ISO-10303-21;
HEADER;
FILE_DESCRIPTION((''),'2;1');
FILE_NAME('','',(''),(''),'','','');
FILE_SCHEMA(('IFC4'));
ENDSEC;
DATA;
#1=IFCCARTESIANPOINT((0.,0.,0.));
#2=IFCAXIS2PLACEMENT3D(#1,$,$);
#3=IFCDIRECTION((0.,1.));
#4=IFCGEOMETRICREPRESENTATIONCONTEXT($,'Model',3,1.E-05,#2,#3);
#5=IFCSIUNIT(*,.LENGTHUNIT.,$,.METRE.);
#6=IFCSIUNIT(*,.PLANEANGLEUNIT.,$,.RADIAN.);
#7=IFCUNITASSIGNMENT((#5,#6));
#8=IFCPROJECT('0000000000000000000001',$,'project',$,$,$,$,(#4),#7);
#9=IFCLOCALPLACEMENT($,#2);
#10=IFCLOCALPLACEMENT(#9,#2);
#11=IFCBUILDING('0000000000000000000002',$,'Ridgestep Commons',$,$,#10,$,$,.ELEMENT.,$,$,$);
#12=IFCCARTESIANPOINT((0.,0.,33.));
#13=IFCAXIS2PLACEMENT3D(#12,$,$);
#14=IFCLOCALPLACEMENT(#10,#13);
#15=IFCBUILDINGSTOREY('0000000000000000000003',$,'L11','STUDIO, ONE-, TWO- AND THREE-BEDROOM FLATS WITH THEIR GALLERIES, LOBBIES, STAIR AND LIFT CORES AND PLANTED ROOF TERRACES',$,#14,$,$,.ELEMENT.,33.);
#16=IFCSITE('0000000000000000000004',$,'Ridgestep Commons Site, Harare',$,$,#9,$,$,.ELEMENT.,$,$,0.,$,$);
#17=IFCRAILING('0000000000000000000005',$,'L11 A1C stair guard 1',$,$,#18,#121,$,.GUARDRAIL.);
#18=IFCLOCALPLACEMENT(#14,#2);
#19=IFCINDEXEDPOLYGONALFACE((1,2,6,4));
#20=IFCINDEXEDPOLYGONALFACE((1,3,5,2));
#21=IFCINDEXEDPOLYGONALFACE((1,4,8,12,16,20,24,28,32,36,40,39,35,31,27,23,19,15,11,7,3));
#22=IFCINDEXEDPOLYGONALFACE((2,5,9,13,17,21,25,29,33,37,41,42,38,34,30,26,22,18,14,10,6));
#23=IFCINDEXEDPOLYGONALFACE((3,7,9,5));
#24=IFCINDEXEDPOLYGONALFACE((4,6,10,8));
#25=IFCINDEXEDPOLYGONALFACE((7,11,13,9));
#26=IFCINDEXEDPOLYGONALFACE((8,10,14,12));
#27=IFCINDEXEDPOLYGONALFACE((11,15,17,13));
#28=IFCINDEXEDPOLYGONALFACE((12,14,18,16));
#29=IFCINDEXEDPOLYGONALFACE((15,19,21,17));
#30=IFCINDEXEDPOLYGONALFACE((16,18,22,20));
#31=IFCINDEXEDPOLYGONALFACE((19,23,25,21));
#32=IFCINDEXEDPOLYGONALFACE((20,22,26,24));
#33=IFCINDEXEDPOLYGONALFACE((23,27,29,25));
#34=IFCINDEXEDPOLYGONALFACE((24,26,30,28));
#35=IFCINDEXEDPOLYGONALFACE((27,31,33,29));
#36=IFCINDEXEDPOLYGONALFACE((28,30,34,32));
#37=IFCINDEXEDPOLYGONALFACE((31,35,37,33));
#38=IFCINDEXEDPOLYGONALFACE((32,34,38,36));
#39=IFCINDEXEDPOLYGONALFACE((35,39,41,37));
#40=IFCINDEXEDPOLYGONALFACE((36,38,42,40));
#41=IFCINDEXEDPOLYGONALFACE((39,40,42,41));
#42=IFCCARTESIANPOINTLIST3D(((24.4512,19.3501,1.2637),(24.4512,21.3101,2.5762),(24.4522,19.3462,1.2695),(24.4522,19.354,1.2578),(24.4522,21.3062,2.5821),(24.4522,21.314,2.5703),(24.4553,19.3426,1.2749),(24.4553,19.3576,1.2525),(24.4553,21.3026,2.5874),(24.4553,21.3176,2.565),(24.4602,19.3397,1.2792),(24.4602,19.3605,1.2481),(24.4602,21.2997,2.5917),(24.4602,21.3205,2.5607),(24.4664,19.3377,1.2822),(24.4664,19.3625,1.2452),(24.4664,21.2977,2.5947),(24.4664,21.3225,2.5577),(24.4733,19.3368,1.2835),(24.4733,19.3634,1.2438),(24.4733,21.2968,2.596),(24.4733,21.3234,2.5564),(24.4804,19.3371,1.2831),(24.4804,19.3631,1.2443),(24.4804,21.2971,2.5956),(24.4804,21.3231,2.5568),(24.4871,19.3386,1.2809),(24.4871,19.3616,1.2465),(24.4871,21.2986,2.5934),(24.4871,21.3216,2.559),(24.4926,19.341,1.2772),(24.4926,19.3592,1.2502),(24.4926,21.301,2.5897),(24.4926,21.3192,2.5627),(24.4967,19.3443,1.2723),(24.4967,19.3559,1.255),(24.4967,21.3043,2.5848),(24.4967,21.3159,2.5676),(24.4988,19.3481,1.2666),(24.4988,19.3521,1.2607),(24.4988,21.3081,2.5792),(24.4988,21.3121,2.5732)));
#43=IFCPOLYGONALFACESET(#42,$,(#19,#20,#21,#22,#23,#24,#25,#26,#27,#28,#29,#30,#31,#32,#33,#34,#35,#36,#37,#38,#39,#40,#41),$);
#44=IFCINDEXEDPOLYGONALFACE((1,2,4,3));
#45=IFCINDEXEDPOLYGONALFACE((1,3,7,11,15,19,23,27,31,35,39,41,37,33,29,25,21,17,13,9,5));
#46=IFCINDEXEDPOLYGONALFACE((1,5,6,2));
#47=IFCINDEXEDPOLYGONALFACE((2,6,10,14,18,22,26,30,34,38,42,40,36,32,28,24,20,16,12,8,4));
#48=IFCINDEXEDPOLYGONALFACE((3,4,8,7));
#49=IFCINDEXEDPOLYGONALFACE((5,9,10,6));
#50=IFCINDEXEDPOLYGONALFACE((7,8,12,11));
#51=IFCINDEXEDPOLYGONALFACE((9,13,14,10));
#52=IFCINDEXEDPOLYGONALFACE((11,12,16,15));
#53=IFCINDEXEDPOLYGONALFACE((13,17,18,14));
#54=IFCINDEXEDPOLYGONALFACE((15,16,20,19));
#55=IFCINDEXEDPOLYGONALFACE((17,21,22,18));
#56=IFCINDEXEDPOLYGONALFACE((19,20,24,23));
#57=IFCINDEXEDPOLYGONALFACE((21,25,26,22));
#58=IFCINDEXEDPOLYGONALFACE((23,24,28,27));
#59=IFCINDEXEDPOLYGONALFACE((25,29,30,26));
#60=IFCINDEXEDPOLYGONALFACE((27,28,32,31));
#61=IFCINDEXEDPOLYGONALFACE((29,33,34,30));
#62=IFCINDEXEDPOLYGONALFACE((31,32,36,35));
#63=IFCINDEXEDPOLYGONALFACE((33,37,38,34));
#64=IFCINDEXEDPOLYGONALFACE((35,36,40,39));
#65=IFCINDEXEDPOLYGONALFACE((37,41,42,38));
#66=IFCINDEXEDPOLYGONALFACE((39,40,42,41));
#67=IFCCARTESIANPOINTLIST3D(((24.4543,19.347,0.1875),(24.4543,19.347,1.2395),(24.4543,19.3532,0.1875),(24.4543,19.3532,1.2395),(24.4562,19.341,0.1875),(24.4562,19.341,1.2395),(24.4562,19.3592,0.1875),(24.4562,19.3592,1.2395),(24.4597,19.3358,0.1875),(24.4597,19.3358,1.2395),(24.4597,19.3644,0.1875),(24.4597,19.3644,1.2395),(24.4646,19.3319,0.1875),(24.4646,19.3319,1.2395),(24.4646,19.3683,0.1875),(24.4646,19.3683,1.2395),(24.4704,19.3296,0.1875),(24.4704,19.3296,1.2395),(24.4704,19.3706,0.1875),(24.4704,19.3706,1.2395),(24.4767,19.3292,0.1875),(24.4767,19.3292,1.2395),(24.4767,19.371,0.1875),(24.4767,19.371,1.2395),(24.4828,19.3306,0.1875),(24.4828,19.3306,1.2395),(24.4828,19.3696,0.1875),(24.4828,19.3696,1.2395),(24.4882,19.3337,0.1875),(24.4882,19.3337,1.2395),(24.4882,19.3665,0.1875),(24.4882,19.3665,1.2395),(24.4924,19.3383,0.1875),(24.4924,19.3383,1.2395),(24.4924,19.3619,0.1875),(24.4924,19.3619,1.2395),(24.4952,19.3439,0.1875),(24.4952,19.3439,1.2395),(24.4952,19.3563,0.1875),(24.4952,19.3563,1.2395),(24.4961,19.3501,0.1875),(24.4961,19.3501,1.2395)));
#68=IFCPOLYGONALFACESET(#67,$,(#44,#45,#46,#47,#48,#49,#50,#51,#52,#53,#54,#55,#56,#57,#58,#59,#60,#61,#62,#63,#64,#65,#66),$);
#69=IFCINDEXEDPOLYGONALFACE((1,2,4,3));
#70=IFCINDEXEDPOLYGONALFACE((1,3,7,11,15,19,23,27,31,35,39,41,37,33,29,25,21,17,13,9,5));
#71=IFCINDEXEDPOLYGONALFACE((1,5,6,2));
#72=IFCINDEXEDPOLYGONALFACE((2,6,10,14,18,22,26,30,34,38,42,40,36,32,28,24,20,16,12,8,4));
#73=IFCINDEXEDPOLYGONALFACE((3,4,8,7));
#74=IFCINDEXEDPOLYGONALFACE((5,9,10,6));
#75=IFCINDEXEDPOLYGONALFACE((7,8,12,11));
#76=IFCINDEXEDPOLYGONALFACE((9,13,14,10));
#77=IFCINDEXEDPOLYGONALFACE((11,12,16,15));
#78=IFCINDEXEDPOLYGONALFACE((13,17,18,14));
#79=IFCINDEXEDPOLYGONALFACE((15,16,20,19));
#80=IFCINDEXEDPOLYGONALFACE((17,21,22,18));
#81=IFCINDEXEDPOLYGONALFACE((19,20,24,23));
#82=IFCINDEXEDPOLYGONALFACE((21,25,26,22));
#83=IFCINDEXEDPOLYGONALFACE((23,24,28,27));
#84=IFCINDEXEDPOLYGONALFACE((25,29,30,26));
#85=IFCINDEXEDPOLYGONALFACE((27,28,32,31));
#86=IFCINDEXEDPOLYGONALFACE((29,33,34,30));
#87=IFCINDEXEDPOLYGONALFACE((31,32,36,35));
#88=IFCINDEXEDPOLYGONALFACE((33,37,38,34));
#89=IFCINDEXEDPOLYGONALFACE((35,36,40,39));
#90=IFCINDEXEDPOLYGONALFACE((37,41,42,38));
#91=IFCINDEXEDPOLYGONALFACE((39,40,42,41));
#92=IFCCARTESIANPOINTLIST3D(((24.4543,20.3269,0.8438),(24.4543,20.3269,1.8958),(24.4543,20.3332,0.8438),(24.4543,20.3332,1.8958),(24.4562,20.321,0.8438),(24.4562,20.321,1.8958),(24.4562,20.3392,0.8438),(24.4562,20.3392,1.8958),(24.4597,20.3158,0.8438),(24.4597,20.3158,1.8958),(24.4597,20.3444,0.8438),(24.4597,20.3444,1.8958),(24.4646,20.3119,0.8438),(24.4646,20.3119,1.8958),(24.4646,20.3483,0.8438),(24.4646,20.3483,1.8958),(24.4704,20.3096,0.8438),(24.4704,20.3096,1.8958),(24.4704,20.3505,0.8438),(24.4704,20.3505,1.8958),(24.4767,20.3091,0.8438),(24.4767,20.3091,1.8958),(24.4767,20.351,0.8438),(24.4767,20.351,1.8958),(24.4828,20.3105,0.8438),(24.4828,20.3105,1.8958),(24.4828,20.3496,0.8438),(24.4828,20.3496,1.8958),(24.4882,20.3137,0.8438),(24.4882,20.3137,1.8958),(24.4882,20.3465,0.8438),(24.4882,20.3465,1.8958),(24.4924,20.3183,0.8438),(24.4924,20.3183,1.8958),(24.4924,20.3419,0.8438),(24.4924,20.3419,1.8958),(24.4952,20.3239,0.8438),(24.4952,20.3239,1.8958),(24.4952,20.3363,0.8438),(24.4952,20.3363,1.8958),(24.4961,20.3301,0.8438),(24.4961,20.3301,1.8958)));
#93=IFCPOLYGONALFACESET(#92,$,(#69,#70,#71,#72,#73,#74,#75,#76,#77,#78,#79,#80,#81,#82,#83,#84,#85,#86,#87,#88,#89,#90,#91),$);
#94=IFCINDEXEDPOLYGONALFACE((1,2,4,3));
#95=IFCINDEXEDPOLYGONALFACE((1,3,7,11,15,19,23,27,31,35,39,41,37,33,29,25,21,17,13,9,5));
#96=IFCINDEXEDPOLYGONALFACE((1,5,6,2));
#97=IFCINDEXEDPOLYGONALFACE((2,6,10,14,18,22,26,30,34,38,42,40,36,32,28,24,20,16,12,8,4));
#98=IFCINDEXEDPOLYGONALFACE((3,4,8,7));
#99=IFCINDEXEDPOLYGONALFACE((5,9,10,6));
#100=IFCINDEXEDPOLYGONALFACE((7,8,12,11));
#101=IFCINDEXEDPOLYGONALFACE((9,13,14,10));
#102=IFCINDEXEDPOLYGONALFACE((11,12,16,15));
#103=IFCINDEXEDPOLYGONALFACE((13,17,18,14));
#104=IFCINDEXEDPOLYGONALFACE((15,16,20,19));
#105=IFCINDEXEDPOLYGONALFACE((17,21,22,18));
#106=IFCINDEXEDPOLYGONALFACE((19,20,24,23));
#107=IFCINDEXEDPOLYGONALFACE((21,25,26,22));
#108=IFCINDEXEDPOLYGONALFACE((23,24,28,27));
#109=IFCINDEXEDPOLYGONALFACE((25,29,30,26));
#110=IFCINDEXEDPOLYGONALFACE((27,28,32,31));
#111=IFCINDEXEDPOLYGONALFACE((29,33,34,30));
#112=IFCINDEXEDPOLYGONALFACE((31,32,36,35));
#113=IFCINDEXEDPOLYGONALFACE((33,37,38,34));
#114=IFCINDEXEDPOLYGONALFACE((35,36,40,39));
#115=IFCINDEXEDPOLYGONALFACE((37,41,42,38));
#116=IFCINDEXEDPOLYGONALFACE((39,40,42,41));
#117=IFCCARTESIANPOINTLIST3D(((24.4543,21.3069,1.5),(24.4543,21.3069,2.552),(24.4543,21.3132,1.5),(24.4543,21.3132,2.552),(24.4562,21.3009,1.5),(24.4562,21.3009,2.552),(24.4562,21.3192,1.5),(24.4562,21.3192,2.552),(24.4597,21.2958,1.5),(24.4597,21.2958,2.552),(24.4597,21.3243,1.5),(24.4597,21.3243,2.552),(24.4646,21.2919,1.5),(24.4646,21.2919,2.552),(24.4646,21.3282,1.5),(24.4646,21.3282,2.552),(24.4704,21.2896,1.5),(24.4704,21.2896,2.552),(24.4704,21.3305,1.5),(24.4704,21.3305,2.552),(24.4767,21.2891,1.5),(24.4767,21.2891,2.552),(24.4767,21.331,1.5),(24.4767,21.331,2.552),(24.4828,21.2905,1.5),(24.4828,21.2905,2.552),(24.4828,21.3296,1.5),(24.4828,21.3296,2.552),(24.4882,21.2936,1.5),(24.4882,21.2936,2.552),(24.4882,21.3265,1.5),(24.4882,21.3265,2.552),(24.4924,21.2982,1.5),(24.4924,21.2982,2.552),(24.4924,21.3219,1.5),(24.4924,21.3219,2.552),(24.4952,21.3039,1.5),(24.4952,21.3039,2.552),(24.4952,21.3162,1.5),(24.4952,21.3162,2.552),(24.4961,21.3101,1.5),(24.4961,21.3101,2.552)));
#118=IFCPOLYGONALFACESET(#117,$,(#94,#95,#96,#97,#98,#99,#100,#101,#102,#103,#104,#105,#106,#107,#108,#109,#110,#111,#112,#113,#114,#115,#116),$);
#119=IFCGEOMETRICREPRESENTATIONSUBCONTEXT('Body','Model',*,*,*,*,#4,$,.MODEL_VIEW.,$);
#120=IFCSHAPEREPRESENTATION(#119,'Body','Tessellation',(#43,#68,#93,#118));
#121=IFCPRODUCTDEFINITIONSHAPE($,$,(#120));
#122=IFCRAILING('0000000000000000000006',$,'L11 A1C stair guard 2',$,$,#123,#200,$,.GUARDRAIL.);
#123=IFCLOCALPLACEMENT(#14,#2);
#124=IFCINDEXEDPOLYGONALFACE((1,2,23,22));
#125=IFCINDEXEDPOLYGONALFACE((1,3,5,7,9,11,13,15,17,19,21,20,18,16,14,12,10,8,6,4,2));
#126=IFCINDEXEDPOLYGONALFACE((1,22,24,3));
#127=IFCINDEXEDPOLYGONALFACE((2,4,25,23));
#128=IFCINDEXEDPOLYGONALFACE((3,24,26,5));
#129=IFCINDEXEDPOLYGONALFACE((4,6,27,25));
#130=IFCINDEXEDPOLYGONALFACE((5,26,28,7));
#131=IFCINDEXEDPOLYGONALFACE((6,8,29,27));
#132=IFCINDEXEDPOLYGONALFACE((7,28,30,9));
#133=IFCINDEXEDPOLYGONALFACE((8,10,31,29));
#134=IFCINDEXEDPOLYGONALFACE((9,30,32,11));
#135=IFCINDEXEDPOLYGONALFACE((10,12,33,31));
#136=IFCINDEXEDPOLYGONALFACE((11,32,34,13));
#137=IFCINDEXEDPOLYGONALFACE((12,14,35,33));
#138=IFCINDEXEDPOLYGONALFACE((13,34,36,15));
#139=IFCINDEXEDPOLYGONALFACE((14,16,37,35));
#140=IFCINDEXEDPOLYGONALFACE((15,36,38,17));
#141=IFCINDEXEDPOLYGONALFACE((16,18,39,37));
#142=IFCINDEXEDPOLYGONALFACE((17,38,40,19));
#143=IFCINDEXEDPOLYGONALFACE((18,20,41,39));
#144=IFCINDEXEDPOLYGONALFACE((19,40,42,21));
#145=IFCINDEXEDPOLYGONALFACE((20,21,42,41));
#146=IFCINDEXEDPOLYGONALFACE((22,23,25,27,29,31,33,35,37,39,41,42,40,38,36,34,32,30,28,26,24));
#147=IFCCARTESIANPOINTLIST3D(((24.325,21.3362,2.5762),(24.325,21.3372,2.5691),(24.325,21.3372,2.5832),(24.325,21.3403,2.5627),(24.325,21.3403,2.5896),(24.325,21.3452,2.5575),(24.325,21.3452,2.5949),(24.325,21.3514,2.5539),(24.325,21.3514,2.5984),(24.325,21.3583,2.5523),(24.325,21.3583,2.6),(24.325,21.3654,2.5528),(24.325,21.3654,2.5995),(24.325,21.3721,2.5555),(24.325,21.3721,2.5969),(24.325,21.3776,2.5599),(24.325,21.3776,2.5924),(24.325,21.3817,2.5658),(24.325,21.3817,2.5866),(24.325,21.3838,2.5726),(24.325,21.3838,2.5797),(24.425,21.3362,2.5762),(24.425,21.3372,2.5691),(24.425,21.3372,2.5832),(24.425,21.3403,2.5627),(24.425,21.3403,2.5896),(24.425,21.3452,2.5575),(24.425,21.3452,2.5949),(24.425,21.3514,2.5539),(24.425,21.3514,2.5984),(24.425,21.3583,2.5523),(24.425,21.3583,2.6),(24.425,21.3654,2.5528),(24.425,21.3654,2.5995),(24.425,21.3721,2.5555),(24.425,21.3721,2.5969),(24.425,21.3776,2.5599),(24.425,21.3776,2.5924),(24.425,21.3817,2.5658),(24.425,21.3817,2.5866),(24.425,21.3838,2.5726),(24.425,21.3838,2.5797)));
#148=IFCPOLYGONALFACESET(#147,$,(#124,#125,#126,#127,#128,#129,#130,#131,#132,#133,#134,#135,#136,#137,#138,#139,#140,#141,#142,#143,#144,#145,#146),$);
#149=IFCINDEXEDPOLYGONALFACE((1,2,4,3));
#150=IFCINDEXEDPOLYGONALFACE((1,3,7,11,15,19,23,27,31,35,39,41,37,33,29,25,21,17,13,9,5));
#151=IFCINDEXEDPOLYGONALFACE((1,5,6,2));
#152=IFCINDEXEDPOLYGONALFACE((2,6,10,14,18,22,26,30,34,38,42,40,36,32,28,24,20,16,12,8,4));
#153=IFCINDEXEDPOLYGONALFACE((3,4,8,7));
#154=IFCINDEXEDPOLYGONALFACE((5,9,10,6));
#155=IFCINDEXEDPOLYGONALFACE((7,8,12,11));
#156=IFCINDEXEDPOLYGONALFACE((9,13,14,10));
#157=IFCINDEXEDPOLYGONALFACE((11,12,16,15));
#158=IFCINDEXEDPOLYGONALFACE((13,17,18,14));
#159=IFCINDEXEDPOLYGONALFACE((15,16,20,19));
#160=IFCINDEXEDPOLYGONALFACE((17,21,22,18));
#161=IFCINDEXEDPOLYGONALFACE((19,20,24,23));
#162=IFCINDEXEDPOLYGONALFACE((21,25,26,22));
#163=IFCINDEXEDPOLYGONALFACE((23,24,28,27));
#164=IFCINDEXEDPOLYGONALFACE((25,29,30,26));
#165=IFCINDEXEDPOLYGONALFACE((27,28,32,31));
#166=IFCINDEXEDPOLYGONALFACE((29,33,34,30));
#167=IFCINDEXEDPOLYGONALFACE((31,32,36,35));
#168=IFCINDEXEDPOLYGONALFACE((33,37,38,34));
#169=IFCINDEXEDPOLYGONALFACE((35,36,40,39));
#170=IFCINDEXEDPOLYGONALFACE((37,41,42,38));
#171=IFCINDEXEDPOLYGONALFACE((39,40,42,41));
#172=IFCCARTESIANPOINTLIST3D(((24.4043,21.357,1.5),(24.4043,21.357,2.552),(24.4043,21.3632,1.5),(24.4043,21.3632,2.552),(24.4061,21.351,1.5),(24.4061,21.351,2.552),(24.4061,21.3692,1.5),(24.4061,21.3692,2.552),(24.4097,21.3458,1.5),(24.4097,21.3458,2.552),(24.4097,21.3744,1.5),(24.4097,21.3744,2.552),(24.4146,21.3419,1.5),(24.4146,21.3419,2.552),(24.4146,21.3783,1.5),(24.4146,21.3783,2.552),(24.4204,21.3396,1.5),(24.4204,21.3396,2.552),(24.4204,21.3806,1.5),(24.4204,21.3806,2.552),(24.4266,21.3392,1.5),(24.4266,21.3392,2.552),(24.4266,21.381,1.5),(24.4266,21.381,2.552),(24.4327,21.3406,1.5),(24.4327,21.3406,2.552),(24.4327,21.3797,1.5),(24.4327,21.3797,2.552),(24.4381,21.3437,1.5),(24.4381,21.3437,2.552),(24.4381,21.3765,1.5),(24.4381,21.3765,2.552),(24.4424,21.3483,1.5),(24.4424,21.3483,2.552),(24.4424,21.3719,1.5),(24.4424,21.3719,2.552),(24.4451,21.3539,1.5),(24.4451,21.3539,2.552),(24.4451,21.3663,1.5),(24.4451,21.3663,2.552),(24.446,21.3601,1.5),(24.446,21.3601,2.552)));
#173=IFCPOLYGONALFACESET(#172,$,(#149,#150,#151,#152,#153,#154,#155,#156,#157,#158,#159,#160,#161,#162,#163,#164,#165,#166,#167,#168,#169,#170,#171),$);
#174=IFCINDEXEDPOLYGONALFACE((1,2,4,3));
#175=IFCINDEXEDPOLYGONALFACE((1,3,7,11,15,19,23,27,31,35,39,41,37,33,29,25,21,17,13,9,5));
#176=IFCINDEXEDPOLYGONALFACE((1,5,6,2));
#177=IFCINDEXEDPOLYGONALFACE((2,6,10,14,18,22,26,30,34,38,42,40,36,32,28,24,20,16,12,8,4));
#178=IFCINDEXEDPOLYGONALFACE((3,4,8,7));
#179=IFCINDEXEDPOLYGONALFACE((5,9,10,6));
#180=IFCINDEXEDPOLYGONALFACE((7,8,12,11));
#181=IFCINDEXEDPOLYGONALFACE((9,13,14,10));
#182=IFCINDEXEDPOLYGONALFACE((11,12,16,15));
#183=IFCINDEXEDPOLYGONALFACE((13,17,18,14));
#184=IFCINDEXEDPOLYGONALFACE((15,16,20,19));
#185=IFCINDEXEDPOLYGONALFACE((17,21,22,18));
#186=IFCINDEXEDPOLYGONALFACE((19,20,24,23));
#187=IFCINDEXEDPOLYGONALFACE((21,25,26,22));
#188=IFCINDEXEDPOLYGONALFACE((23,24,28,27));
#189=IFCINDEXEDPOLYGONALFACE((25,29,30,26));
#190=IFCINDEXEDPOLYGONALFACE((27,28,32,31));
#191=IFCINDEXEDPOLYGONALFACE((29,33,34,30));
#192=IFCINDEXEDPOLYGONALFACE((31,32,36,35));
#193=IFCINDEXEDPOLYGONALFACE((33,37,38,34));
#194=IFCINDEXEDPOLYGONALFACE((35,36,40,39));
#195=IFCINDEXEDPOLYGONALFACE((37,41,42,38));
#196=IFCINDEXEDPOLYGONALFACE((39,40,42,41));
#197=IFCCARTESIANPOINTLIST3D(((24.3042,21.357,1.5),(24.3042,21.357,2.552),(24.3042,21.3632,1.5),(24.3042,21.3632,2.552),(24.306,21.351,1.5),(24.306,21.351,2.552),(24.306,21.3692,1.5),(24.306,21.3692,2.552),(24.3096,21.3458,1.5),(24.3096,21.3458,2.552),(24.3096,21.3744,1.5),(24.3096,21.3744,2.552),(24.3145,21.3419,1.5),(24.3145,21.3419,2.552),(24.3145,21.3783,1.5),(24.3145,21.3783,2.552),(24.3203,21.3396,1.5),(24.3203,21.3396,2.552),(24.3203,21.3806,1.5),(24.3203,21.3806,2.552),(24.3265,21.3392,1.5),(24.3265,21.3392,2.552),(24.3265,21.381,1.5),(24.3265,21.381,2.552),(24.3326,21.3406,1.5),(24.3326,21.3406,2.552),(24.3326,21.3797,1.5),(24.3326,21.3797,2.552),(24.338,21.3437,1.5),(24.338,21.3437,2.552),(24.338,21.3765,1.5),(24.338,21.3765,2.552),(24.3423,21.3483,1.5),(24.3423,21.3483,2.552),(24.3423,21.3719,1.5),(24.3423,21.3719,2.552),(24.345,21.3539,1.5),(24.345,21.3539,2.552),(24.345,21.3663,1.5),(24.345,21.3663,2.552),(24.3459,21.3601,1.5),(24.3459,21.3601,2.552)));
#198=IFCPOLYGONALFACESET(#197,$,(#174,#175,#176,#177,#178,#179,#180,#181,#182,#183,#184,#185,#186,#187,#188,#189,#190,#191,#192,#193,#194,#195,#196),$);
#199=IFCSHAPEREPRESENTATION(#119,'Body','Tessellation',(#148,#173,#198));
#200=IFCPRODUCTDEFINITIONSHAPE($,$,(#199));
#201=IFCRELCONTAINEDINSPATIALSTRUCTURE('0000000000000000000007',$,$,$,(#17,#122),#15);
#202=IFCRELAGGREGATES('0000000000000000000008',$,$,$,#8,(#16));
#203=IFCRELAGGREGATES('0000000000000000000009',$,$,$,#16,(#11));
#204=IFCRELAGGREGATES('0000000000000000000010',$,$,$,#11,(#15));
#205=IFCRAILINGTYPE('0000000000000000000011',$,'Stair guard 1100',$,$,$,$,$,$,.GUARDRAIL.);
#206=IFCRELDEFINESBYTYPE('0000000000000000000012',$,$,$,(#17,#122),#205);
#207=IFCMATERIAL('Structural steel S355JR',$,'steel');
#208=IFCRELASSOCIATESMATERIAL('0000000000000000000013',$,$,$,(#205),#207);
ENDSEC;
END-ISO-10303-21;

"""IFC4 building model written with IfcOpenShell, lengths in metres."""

from ifc_helpers import new_model, si_unit, direction, frame, origin, origin_2d, place, context, subcontext, project, spatial, circle, extrude, material, type_object, element, save


model = new_model("IFC4")

# Units and contexts
model_context = context("Model", 3, precision=1e-05, world=origin(), true_north=direction((0.0, 1.0)))
body_context = subcontext(model_context, "Body", "Model", "MODEL_VIEW")
ifc_project = project(units=[si_unit("LENGTHUNIT", "METRE"), si_unit("PLANEANGLEUNIT", "RADIAN")], contexts=[model_context])

# Site, building, storey
site_placement = place(None, origin())
site = spatial("IfcSite", under=ifc_project, at=site_placement, Name="Ridgestep Commons Site, Harare", CompositionType="ELEMENT", RefElevation=0.0)
building_placement = place(site_placement, origin())
building = spatial("IfcBuilding", under=site, at=building_placement, Name="Ridgestep Commons", CompositionType="ELEMENT")
storey_placement = place(building_placement, frame((0.0, 0.0, 33.0)))
storey = spatial("IfcBuildingStorey", under=building, at=storey_placement, Name="L11", Description="STUDIO, ONE-, TWO- AND THREE-BEDROOM FLATS WITH THEIR GALLERIES, LOBBIES, STAIR AND LIFT CORES AND PLANTED ROOF TERRACES", CompositionType="ELEMENT", Elevation=33.0)

# Railings
ifc_material_1 = material(Name="Structural steel S355JR", Category="steel")
railing_type_1 = type_object("IfcRailingType", Name="Stair guard 1100", PredefinedType="GUARDRAIL", material=ifc_material_1)
railing_1_placement = place(storey_placement, frame((24.4751, 19.3501, 0.1875)))
element("IfcRailing", 1, at=railing_1_placement, inside=storey, type_object=railing_type_1, Name="L11 A1C stair guard 1", PredefinedType="GUARDRAIL", context=body_context, shape_type="SweptSolid", body=[
    extrude(circle(Radius=0.0239, at=origin_2d()), frame((0.0, 0.0, 1.0762), z_axis=(0.0, 0.830902, 0.556419), x_axis=(-1.0, 0.0, 0.0)), (0.0, 0.0, 1.0), 2.3589),
    extrude(circle(Radius=0.021, at=origin_2d()), origin(), (0.0, 0.0, 1.0), 1.052),
    extrude(circle(Radius=0.021, at=origin_2d()), frame((0.0, 0.98, 0.6562)), (0.0, 0.0, 1.0), 1.052),
    extrude(circle(Radius=0.021, at=origin_2d()), frame((0.0, 1.96, 1.3125)), (0.0, 0.0, 1.0), 1.052),
])
railing_2_placement = place(storey_placement, frame((24.425, 21.3601, 1.5)))
element("IfcRailing", 2, at=railing_2_placement, inside=storey, type_object=railing_type_1, Name="L11 A1C stair guard 2", PredefinedType="GUARDRAIL", context=body_context, shape_type="SweptSolid", body=[
    extrude(circle(Radius=0.0239, at=origin_2d()), frame((0.0, 0.0, 1.0762), z_axis=(-1.0, 0.0, 0.0), x_axis=(0.0, -1.0, 0.0)), (0.0, 0.0, 1.0), 0.1001),
    extrude(circle(Radius=0.021, at=origin_2d()), origin(), (0.0, 0.0, 1.0), 1.052),
    extrude(circle(Radius=0.021, at=origin_2d()), frame((-0.1001, 0.0, 0.0)), (0.0, 0.0, 1.0), 1.052),
])

save(model, "model.ifc")
